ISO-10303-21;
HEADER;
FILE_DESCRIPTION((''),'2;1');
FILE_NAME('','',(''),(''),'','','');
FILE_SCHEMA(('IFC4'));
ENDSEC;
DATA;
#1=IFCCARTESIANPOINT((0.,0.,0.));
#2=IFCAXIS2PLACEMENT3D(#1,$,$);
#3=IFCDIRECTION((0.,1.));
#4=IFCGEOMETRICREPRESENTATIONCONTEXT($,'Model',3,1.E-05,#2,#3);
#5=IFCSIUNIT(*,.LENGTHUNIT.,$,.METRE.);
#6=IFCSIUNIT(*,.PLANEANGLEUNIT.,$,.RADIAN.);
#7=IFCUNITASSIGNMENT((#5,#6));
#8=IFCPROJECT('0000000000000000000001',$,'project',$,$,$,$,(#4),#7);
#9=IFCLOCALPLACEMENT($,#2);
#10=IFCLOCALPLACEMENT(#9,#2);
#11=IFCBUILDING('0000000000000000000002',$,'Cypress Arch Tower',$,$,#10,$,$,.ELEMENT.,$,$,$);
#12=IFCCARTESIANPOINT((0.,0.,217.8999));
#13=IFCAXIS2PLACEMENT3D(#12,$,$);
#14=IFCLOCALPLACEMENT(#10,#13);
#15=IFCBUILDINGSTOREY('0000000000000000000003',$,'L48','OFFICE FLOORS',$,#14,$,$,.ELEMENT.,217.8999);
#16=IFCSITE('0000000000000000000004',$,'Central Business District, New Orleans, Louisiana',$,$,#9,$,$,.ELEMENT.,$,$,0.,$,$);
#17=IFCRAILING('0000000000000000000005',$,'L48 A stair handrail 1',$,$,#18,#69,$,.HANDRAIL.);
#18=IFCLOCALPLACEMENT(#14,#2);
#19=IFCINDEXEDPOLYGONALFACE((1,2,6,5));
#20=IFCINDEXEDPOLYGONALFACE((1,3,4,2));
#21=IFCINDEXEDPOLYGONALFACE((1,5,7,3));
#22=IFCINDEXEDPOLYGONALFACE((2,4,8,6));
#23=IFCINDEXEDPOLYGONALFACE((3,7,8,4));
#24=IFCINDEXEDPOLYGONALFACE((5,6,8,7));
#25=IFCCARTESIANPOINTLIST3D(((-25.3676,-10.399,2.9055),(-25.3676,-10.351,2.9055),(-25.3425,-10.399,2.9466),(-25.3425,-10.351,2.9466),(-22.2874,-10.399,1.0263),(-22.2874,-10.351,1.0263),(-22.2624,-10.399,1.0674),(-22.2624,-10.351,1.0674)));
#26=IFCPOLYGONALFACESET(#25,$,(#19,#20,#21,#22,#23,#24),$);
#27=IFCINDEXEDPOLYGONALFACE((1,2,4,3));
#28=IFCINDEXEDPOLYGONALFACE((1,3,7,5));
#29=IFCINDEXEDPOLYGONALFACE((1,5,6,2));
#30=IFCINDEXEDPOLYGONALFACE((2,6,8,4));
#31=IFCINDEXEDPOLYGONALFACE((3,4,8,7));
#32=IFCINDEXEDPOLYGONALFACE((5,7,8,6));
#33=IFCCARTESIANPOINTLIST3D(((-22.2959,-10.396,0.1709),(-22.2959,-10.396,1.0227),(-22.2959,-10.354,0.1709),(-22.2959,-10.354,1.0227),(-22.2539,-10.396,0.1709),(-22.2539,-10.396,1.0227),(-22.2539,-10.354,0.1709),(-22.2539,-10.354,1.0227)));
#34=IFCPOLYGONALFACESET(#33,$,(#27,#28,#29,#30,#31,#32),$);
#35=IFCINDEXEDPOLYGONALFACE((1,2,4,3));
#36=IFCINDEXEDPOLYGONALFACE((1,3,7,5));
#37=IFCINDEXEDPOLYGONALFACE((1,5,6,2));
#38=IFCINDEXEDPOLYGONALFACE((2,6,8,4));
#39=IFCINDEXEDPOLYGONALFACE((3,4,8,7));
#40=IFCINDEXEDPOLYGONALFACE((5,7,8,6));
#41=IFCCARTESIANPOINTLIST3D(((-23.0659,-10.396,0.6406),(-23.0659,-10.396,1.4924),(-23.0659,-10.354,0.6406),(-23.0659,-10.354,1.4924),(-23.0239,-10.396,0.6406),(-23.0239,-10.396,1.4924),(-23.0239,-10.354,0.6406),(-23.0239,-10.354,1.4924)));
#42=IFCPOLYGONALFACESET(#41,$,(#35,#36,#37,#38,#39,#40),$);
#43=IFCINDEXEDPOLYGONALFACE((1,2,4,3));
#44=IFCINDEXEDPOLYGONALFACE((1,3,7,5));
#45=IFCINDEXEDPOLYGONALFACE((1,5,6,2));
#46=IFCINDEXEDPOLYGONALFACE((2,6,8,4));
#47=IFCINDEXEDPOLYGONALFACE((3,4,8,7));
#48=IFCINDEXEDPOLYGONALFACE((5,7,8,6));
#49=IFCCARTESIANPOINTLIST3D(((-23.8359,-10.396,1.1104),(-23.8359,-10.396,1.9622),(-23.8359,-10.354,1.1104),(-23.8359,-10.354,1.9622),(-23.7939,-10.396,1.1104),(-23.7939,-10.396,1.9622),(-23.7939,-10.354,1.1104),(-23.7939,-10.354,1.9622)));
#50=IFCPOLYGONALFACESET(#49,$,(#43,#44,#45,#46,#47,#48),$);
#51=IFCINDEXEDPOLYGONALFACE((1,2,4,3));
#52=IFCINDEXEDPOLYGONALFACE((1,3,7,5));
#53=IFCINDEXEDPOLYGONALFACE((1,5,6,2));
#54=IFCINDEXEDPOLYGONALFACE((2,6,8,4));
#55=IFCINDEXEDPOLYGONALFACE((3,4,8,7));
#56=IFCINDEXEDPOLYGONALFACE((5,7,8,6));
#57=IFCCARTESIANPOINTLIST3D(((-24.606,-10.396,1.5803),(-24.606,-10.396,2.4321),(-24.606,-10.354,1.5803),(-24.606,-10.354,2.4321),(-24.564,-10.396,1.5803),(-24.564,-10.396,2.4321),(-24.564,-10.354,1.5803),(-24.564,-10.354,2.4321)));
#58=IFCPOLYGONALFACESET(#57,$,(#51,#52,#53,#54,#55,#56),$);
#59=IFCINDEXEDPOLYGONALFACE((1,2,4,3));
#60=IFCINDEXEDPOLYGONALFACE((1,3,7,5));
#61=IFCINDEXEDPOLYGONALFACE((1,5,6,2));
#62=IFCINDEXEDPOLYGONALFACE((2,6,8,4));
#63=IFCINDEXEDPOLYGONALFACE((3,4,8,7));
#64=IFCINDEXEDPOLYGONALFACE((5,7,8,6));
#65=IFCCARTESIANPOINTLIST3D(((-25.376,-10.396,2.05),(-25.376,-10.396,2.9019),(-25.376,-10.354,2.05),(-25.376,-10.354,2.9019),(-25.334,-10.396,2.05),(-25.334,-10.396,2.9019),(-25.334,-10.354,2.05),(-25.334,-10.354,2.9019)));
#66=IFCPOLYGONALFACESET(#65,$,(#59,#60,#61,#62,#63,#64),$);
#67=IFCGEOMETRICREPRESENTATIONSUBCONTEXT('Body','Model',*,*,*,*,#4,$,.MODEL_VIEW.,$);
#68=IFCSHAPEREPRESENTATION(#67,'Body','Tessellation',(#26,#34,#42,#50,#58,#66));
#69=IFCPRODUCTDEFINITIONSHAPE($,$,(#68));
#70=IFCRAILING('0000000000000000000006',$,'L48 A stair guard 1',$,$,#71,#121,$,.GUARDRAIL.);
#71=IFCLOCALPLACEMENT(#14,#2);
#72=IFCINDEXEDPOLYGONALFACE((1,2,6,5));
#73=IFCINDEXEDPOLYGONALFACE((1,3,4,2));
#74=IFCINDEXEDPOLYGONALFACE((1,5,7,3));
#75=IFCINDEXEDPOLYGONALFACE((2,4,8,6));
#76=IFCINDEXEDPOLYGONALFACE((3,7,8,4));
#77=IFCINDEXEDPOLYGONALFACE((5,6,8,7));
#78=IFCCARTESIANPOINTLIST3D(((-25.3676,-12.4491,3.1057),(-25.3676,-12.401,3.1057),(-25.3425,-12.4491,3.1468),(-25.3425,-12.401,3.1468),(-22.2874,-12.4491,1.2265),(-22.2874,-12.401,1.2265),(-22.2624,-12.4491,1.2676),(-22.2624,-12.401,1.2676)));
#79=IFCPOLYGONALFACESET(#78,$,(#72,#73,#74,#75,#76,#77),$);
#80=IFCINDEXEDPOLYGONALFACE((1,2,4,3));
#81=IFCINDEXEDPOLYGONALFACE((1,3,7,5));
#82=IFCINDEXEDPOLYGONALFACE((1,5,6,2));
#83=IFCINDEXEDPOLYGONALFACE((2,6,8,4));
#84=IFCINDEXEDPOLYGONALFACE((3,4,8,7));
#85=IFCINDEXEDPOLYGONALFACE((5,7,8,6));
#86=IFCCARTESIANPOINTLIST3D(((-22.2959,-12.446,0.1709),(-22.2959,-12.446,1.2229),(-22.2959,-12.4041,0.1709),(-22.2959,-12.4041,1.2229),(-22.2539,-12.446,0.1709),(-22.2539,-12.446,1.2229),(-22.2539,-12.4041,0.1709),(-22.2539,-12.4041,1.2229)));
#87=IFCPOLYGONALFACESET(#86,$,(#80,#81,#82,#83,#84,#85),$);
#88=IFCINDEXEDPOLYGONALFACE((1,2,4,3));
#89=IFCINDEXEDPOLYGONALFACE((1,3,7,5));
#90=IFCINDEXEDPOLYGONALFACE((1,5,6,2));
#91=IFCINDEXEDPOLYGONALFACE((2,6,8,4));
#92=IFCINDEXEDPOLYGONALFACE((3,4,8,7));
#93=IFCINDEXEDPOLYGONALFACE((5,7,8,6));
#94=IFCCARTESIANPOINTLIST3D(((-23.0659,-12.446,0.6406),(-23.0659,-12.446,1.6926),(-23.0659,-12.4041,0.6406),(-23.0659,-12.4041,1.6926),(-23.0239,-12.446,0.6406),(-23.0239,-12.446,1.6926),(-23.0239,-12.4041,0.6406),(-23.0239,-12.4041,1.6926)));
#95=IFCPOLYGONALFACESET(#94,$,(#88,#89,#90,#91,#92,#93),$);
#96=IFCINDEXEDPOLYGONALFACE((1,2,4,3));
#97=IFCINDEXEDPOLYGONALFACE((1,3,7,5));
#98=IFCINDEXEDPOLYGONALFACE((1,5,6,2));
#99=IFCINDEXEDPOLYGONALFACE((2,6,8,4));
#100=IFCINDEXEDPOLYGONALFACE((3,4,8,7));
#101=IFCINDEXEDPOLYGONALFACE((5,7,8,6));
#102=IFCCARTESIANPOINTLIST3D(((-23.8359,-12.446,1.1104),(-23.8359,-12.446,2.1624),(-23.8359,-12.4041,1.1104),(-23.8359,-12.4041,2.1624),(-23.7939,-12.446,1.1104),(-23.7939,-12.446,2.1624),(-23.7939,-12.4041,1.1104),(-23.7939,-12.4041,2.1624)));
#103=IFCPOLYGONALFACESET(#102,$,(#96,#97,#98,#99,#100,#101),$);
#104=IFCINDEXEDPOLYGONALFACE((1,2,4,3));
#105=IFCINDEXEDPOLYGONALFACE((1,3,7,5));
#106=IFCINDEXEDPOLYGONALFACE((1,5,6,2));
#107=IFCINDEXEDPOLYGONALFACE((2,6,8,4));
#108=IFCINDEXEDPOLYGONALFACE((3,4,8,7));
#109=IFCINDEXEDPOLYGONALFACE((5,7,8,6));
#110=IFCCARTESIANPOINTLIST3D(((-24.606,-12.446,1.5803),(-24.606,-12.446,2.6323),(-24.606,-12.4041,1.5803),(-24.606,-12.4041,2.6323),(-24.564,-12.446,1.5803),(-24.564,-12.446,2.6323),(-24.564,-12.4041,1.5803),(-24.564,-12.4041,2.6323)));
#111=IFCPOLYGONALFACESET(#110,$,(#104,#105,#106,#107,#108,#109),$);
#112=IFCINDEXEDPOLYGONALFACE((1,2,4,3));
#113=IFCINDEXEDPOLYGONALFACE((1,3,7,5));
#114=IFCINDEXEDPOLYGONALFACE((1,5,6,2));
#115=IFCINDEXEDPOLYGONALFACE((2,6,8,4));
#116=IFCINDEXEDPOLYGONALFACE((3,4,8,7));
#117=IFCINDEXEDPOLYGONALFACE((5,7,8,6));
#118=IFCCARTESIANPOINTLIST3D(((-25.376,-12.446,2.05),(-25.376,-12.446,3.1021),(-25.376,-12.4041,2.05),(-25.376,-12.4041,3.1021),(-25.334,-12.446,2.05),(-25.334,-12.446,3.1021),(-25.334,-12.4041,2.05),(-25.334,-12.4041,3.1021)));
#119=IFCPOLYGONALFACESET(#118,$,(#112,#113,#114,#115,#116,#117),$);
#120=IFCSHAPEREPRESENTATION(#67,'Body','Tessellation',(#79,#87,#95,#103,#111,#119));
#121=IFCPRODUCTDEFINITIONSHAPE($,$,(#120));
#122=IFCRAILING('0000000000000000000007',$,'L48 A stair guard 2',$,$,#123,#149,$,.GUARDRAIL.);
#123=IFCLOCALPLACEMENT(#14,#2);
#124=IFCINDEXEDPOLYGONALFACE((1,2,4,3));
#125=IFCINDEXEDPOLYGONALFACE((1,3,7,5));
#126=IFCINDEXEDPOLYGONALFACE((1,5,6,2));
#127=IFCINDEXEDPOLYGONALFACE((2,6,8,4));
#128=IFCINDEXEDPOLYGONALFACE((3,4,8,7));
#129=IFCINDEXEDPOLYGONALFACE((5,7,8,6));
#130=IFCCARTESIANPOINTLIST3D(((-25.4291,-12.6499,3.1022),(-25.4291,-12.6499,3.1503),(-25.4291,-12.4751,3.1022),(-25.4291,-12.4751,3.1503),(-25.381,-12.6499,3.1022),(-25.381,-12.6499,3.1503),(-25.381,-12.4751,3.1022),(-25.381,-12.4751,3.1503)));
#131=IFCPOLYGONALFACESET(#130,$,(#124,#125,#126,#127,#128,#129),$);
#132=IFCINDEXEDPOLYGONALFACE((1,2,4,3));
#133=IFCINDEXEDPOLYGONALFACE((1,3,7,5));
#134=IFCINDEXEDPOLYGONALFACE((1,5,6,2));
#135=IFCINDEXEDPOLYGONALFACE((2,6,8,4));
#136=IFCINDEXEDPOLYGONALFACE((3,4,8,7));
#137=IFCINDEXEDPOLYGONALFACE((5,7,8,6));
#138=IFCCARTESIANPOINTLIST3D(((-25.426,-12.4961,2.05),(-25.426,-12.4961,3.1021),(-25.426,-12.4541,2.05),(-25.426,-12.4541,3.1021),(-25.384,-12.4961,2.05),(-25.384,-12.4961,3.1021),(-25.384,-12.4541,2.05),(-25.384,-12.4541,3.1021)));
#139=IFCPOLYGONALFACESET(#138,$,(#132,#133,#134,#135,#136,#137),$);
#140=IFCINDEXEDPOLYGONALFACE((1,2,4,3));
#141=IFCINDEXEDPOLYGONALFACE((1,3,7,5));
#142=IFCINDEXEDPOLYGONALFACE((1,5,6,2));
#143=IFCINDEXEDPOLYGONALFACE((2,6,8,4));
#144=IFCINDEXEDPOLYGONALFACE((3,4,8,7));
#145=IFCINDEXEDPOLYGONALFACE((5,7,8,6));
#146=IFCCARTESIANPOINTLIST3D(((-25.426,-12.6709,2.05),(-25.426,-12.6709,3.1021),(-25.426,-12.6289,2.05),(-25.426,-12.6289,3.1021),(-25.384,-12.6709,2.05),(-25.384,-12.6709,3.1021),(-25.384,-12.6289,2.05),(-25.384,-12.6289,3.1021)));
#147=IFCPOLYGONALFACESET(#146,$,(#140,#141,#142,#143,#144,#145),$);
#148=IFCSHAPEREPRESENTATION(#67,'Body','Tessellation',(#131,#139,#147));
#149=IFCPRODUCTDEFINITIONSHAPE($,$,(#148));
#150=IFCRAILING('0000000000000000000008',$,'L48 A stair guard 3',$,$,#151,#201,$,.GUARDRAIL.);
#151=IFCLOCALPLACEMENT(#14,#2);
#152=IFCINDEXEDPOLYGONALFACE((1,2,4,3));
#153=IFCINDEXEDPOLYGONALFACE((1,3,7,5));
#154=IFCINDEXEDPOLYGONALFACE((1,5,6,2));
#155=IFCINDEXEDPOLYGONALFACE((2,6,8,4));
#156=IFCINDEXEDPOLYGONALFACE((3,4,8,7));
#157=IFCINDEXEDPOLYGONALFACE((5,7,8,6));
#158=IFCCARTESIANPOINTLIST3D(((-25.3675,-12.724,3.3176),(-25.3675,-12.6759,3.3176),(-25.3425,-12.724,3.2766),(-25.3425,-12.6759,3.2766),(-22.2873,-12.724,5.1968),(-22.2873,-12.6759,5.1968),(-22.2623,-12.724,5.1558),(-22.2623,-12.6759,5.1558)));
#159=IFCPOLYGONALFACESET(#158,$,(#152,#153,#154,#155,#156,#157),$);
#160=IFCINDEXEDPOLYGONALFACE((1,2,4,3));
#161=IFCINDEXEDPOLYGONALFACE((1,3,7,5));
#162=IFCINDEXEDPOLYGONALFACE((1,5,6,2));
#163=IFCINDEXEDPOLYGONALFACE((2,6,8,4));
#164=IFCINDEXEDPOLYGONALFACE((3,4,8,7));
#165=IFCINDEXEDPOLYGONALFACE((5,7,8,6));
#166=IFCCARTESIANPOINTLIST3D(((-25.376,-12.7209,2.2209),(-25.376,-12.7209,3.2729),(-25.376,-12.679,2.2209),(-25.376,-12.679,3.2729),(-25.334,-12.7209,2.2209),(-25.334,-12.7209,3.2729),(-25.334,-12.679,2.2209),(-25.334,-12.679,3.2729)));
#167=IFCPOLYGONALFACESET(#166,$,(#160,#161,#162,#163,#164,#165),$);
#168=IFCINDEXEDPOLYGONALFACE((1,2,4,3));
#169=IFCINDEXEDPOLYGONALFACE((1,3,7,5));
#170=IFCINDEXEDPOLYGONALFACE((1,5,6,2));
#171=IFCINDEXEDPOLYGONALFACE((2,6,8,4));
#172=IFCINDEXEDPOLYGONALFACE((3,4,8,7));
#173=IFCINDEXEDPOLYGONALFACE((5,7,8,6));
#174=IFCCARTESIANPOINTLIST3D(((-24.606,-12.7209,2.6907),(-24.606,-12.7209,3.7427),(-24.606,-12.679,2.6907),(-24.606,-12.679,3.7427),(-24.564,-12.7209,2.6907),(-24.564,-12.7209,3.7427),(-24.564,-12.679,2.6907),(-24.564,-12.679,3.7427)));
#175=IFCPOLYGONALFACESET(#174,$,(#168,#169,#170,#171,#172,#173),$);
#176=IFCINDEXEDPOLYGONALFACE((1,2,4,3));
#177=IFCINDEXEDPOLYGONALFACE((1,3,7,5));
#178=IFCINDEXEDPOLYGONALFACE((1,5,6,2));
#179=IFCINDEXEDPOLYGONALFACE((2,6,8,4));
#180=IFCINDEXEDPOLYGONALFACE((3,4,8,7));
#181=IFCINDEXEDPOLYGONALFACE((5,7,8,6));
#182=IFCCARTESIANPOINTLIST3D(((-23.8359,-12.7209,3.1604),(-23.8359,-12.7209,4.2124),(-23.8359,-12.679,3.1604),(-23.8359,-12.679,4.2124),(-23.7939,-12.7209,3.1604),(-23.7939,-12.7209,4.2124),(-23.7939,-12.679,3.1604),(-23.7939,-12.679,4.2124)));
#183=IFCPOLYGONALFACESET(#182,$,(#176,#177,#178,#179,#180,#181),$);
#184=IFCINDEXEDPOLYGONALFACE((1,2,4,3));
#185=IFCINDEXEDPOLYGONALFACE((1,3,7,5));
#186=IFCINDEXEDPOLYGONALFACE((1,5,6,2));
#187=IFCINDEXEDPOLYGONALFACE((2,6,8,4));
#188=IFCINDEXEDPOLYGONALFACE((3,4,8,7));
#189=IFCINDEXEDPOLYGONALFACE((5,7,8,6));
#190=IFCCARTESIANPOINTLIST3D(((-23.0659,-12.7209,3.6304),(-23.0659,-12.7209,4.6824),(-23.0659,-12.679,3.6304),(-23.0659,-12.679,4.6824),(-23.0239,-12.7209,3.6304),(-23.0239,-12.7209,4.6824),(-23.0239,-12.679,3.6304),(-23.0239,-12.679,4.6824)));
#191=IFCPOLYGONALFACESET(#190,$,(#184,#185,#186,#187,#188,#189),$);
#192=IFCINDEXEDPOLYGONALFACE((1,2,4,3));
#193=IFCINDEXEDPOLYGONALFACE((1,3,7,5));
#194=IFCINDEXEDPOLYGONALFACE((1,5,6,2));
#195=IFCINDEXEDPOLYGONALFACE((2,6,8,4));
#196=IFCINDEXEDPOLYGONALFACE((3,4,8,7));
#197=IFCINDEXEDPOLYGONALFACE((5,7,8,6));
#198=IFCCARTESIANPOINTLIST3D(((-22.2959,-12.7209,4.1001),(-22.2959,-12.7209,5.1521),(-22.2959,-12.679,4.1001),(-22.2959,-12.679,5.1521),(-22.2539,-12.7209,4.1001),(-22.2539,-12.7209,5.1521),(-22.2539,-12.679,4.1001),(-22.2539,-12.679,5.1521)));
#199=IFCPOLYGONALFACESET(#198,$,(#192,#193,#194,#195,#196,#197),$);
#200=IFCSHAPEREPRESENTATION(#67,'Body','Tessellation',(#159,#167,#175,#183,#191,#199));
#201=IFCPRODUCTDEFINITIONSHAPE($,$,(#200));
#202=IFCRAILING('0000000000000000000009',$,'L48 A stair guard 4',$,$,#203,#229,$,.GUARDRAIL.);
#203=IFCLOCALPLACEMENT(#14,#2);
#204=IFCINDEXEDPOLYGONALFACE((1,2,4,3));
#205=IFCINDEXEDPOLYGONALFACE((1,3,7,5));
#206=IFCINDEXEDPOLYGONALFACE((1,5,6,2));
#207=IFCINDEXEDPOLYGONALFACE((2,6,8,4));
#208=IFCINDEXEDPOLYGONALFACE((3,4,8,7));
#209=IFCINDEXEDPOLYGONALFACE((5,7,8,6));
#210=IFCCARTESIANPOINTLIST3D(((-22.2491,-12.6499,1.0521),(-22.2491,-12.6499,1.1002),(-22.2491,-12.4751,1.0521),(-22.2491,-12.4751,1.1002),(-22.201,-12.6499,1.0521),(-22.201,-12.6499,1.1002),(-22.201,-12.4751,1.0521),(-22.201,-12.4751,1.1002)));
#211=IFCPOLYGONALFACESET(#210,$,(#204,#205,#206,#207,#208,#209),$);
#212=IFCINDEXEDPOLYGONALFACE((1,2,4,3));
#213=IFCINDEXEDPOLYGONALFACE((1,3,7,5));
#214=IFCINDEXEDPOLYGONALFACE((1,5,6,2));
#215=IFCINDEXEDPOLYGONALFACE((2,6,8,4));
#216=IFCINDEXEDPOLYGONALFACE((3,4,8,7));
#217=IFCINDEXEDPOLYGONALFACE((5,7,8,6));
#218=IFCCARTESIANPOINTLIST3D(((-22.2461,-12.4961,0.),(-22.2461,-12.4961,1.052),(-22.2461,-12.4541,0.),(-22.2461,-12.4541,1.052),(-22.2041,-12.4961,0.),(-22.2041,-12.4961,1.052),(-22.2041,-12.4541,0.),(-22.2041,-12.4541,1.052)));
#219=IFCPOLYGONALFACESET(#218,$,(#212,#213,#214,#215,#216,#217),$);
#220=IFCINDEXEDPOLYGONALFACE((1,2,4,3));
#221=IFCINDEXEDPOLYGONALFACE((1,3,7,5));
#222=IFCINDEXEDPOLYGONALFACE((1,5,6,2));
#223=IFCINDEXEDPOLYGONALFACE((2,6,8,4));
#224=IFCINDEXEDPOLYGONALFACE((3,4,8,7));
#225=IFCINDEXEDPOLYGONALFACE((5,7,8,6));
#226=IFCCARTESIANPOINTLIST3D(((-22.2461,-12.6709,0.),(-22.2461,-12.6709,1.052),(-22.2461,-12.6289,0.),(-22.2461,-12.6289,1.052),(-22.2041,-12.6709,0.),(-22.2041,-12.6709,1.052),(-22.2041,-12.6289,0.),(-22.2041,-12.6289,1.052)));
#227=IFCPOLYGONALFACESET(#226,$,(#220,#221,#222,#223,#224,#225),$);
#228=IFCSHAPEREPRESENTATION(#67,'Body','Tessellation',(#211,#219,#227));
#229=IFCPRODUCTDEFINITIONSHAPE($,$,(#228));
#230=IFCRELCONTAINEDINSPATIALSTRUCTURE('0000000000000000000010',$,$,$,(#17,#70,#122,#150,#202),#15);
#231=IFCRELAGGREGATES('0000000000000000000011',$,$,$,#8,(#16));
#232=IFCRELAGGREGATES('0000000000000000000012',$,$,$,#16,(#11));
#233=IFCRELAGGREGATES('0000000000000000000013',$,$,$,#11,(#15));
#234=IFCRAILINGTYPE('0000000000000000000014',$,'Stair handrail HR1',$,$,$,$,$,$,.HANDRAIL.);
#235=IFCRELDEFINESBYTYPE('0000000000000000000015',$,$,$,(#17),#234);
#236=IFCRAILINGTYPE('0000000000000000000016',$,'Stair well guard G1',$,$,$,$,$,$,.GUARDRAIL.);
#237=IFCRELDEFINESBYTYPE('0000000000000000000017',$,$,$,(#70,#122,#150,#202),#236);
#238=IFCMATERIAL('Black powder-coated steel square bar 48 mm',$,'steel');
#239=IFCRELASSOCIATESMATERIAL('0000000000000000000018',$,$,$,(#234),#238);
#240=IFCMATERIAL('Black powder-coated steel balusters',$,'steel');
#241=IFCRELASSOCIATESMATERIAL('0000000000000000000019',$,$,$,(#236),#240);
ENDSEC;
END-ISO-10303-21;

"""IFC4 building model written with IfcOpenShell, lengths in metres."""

from ifc_helpers import new_model, si_unit, direction, frame, origin, origin_2d, place, context, subcontext, project, spatial, rectangle, extrude, material, type_object, element, save


model = new_model("IFC4")

# Units and contexts
model_context = context("Model", 3, precision=1e-05, world=origin(), true_north=direction((0.0, 1.0)))
body_context = subcontext(model_context, "Body", "Model", "MODEL_VIEW")
ifc_project = project(units=[si_unit("LENGTHUNIT", "METRE"), si_unit("PLANEANGLEUNIT", "RADIAN")], contexts=[model_context])

# Site, building, storey
site_placement = place(None, origin())
site = spatial("IfcSite", under=ifc_project, at=site_placement, Name="Central Business District, New Orleans, Louisiana", CompositionType="ELEMENT", RefElevation=0.0)
building_placement = place(site_placement, origin())
building = spatial("IfcBuilding", under=site, at=building_placement, Name="Cypress Arch Tower", CompositionType="ELEMENT")
storey_placement = place(building_placement, frame((0.0, 0.0, 217.8999)))
storey = spatial("IfcBuildingStorey", under=building, at=storey_placement, Name="L48", Description="OFFICE FLOORS", CompositionType="ELEMENT", Elevation=217.8999)

# Railings
ifc_material_1 = material(Name="Black powder-coated steel square bar 48 mm", Category="steel")
railing_type_1 = type_object("IfcRailingType", Name="Stair handrail HR1", PredefinedType="HANDRAIL", material=ifc_material_1)
railing_1_placement = place(storey_placement, frame((-22.2749, -10.375, 0.1709)))
element("IfcRailing", 1, at=railing_1_placement, inside=storey, type_object=railing_type_1, Name="L48 A stair handrail 1", PredefinedType="HANDRAIL", context=body_context, shape_type="SweptSolid", body=[
    extrude(rectangle(XDim=0.0481, YDim=0.0481, at=origin_2d()), frame((0.0, 0.0, 0.876), z_axis=(-0.853666, 0.0, 0.52082), x_axis=(0.0, -1.0, 0.0)), (0.0, 0.0, 1.0), 3.6082),
    extrude(rectangle(XDim=0.042, YDim=0.042, at=origin_2d()), origin(), (0.0, 0.0, 1.0), 0.8518),
    extrude(rectangle(XDim=0.042, YDim=0.042, at=origin_2d()), frame((-0.77, 0.0, 0.4697)), (0.0, 0.0, 1.0), 0.8518),
    extrude(rectangle(XDim=0.042, YDim=0.042, at=origin_2d()), frame((-1.54, 0.0, 0.9395)), (0.0, 0.0, 1.0), 0.8518),
    extrude(rectangle(XDim=0.042, YDim=0.042, at=origin_2d()), frame((-2.3101, 0.0, 1.4094)), (0.0, 0.0, 1.0), 0.8518),
    extrude(rectangle(XDim=0.042, YDim=0.042, at=origin_2d()), frame((-3.0801, 0.0, 1.8792)), (0.0, 0.0, 1.0), 0.8518),
])
ifc_material_2 = material(Name="Black powder-coated steel balusters", Category="steel")
railing_type_2 = type_object("IfcRailingType", Name="Stair well guard G1", PredefinedType="GUARDRAIL", material=ifc_material_2)
railing_2_placement = place(storey_placement, frame((-22.2749, -12.425, 0.1709)))
element("IfcRailing", 2, at=railing_2_placement, inside=storey, type_object=railing_type_2, Name="L48 A stair guard 1", PredefinedType="GUARDRAIL", context=body_context, shape_type="SweptSolid", body=[
    extrude(rectangle(XDim=0.0481, YDim=0.0481, at=origin_2d()), frame((0.0, 0.0, 1.0762), z_axis=(-0.853666, 0.0, 0.52082), x_axis=(0.0, -1.0, 0.0)), (0.0, 0.0, 1.0), 3.6082),
    extrude(rectangle(XDim=0.042, YDim=0.042, at=origin_2d()), origin(), (0.0, 0.0, 1.0), 1.052),
    extrude(rectangle(XDim=0.042, YDim=0.042, at=origin_2d()), frame((-0.77, 0.0, 0.4697)), (0.0, 0.0, 1.0), 1.052),
    extrude(rectangle(XDim=0.042, YDim=0.042, at=origin_2d()), frame((-1.54, 0.0, 0.9395)), (0.0, 0.0, 1.0), 1.052),
    extrude(rectangle(XDim=0.042, YDim=0.042, at=origin_2d()), frame((-2.3101, 0.0, 1.4094)), (0.0, 0.0, 1.0), 1.052),
    extrude(rectangle(XDim=0.042, YDim=0.042, at=origin_2d()), frame((-3.0801, 0.0, 1.8792)), (0.0, 0.0, 1.0), 1.052),
])
railing_3_placement = place(storey_placement, frame((-25.405, -12.4751, 2.05)))
element("IfcRailing", 3, at=railing_3_placement, inside=storey, type_object=railing_type_2, Name="L48 A stair guard 2", PredefinedType="GUARDRAIL", context=body_context, shape_type="SweptSolid", body=[
    extrude(rectangle(XDim=0.0481, YDim=0.0481, at=origin_2d()), frame((0.0, 0.0, 1.0762), z_axis=(0.0, -1.0, 0.0), x_axis=(1.0, 0.0, 0.0)), (0.0, 0.0, 1.0), 0.1748),
    extrude(rectangle(XDim=0.042, YDim=0.042, at=origin_2d()), origin(), (0.0, 0.0, 1.0), 1.052),
    extrude(rectangle(XDim=0.042, YDim=0.042, at=origin_2d()), frame((0.0, -0.1748, 0.0)), (0.0, 0.0, 1.0), 1.052),
])
railing_4_placement = place(storey_placement, frame((-25.355, -12.7, 2.2209)))
element("IfcRailing", 4, at=railing_4_placement, inside=storey, type_object=railing_type_2, Name="L48 A stair guard 3", PredefinedType="GUARDRAIL", context=body_context, shape_type="SweptSolid", body=[
    extrude(rectangle(XDim=0.0481, YDim=0.0481, at=origin_2d()), frame((0.0, 0.0, 1.0762), z_axis=(0.853666, 0.0, 0.52082), x_axis=(0.0, 1.0, 0.0)), (0.0, 0.0, 1.0), 3.6082),
    extrude(rectangle(XDim=0.042, YDim=0.042, at=origin_2d()), origin(), (0.0, 0.0, 1.0), 1.052),
    extrude(rectangle(XDim=0.042, YDim=0.042, at=origin_2d()), frame((0.77, 0.0, 0.4697)), (0.0, 0.0, 1.0), 1.052),
    extrude(rectangle(XDim=0.042, YDim=0.042, at=origin_2d()), frame((1.54, 0.0, 0.9395)), (0.0, 0.0, 1.0), 1.052),
    extrude(rectangle(XDim=0.042, YDim=0.042, at=origin_2d()), frame((2.3101, 0.0, 1.4094)), (0.0, 0.0, 1.0), 1.052),
    extrude(rectangle(XDim=0.042, YDim=0.042, at=origin_2d()), frame((3.0801, 0.0, 1.8792)), (0.0, 0.0, 1.0), 1.052),
])
railing_5_placement = place(storey_placement, frame((-22.2251, -12.4751, 0.0)))
element("IfcRailing", 5, at=railing_5_placement, inside=storey, type_object=railing_type_2, Name="L48 A stair guard 4", PredefinedType="GUARDRAIL", context=body_context, shape_type="SweptSolid", body=[
    extrude(rectangle(XDim=0.0481, YDim=0.0481, at=origin_2d()), frame((0.0, 0.0, 1.0762), z_axis=(0.0, -1.0, 0.0), x_axis=(1.0, 0.0, 0.0)), (0.0, 0.0, 1.0), 0.1748),
    extrude(rectangle(XDim=0.042, YDim=0.042, at=origin_2d()), origin(), (0.0, 0.0, 1.0), 1.052),
    extrude(rectangle(XDim=0.042, YDim=0.042, at=origin_2d()), frame((0.0, -0.1748, 0.0)), (0.0, 0.0, 1.0), 1.052),
])

save(model, "model.ifc")
